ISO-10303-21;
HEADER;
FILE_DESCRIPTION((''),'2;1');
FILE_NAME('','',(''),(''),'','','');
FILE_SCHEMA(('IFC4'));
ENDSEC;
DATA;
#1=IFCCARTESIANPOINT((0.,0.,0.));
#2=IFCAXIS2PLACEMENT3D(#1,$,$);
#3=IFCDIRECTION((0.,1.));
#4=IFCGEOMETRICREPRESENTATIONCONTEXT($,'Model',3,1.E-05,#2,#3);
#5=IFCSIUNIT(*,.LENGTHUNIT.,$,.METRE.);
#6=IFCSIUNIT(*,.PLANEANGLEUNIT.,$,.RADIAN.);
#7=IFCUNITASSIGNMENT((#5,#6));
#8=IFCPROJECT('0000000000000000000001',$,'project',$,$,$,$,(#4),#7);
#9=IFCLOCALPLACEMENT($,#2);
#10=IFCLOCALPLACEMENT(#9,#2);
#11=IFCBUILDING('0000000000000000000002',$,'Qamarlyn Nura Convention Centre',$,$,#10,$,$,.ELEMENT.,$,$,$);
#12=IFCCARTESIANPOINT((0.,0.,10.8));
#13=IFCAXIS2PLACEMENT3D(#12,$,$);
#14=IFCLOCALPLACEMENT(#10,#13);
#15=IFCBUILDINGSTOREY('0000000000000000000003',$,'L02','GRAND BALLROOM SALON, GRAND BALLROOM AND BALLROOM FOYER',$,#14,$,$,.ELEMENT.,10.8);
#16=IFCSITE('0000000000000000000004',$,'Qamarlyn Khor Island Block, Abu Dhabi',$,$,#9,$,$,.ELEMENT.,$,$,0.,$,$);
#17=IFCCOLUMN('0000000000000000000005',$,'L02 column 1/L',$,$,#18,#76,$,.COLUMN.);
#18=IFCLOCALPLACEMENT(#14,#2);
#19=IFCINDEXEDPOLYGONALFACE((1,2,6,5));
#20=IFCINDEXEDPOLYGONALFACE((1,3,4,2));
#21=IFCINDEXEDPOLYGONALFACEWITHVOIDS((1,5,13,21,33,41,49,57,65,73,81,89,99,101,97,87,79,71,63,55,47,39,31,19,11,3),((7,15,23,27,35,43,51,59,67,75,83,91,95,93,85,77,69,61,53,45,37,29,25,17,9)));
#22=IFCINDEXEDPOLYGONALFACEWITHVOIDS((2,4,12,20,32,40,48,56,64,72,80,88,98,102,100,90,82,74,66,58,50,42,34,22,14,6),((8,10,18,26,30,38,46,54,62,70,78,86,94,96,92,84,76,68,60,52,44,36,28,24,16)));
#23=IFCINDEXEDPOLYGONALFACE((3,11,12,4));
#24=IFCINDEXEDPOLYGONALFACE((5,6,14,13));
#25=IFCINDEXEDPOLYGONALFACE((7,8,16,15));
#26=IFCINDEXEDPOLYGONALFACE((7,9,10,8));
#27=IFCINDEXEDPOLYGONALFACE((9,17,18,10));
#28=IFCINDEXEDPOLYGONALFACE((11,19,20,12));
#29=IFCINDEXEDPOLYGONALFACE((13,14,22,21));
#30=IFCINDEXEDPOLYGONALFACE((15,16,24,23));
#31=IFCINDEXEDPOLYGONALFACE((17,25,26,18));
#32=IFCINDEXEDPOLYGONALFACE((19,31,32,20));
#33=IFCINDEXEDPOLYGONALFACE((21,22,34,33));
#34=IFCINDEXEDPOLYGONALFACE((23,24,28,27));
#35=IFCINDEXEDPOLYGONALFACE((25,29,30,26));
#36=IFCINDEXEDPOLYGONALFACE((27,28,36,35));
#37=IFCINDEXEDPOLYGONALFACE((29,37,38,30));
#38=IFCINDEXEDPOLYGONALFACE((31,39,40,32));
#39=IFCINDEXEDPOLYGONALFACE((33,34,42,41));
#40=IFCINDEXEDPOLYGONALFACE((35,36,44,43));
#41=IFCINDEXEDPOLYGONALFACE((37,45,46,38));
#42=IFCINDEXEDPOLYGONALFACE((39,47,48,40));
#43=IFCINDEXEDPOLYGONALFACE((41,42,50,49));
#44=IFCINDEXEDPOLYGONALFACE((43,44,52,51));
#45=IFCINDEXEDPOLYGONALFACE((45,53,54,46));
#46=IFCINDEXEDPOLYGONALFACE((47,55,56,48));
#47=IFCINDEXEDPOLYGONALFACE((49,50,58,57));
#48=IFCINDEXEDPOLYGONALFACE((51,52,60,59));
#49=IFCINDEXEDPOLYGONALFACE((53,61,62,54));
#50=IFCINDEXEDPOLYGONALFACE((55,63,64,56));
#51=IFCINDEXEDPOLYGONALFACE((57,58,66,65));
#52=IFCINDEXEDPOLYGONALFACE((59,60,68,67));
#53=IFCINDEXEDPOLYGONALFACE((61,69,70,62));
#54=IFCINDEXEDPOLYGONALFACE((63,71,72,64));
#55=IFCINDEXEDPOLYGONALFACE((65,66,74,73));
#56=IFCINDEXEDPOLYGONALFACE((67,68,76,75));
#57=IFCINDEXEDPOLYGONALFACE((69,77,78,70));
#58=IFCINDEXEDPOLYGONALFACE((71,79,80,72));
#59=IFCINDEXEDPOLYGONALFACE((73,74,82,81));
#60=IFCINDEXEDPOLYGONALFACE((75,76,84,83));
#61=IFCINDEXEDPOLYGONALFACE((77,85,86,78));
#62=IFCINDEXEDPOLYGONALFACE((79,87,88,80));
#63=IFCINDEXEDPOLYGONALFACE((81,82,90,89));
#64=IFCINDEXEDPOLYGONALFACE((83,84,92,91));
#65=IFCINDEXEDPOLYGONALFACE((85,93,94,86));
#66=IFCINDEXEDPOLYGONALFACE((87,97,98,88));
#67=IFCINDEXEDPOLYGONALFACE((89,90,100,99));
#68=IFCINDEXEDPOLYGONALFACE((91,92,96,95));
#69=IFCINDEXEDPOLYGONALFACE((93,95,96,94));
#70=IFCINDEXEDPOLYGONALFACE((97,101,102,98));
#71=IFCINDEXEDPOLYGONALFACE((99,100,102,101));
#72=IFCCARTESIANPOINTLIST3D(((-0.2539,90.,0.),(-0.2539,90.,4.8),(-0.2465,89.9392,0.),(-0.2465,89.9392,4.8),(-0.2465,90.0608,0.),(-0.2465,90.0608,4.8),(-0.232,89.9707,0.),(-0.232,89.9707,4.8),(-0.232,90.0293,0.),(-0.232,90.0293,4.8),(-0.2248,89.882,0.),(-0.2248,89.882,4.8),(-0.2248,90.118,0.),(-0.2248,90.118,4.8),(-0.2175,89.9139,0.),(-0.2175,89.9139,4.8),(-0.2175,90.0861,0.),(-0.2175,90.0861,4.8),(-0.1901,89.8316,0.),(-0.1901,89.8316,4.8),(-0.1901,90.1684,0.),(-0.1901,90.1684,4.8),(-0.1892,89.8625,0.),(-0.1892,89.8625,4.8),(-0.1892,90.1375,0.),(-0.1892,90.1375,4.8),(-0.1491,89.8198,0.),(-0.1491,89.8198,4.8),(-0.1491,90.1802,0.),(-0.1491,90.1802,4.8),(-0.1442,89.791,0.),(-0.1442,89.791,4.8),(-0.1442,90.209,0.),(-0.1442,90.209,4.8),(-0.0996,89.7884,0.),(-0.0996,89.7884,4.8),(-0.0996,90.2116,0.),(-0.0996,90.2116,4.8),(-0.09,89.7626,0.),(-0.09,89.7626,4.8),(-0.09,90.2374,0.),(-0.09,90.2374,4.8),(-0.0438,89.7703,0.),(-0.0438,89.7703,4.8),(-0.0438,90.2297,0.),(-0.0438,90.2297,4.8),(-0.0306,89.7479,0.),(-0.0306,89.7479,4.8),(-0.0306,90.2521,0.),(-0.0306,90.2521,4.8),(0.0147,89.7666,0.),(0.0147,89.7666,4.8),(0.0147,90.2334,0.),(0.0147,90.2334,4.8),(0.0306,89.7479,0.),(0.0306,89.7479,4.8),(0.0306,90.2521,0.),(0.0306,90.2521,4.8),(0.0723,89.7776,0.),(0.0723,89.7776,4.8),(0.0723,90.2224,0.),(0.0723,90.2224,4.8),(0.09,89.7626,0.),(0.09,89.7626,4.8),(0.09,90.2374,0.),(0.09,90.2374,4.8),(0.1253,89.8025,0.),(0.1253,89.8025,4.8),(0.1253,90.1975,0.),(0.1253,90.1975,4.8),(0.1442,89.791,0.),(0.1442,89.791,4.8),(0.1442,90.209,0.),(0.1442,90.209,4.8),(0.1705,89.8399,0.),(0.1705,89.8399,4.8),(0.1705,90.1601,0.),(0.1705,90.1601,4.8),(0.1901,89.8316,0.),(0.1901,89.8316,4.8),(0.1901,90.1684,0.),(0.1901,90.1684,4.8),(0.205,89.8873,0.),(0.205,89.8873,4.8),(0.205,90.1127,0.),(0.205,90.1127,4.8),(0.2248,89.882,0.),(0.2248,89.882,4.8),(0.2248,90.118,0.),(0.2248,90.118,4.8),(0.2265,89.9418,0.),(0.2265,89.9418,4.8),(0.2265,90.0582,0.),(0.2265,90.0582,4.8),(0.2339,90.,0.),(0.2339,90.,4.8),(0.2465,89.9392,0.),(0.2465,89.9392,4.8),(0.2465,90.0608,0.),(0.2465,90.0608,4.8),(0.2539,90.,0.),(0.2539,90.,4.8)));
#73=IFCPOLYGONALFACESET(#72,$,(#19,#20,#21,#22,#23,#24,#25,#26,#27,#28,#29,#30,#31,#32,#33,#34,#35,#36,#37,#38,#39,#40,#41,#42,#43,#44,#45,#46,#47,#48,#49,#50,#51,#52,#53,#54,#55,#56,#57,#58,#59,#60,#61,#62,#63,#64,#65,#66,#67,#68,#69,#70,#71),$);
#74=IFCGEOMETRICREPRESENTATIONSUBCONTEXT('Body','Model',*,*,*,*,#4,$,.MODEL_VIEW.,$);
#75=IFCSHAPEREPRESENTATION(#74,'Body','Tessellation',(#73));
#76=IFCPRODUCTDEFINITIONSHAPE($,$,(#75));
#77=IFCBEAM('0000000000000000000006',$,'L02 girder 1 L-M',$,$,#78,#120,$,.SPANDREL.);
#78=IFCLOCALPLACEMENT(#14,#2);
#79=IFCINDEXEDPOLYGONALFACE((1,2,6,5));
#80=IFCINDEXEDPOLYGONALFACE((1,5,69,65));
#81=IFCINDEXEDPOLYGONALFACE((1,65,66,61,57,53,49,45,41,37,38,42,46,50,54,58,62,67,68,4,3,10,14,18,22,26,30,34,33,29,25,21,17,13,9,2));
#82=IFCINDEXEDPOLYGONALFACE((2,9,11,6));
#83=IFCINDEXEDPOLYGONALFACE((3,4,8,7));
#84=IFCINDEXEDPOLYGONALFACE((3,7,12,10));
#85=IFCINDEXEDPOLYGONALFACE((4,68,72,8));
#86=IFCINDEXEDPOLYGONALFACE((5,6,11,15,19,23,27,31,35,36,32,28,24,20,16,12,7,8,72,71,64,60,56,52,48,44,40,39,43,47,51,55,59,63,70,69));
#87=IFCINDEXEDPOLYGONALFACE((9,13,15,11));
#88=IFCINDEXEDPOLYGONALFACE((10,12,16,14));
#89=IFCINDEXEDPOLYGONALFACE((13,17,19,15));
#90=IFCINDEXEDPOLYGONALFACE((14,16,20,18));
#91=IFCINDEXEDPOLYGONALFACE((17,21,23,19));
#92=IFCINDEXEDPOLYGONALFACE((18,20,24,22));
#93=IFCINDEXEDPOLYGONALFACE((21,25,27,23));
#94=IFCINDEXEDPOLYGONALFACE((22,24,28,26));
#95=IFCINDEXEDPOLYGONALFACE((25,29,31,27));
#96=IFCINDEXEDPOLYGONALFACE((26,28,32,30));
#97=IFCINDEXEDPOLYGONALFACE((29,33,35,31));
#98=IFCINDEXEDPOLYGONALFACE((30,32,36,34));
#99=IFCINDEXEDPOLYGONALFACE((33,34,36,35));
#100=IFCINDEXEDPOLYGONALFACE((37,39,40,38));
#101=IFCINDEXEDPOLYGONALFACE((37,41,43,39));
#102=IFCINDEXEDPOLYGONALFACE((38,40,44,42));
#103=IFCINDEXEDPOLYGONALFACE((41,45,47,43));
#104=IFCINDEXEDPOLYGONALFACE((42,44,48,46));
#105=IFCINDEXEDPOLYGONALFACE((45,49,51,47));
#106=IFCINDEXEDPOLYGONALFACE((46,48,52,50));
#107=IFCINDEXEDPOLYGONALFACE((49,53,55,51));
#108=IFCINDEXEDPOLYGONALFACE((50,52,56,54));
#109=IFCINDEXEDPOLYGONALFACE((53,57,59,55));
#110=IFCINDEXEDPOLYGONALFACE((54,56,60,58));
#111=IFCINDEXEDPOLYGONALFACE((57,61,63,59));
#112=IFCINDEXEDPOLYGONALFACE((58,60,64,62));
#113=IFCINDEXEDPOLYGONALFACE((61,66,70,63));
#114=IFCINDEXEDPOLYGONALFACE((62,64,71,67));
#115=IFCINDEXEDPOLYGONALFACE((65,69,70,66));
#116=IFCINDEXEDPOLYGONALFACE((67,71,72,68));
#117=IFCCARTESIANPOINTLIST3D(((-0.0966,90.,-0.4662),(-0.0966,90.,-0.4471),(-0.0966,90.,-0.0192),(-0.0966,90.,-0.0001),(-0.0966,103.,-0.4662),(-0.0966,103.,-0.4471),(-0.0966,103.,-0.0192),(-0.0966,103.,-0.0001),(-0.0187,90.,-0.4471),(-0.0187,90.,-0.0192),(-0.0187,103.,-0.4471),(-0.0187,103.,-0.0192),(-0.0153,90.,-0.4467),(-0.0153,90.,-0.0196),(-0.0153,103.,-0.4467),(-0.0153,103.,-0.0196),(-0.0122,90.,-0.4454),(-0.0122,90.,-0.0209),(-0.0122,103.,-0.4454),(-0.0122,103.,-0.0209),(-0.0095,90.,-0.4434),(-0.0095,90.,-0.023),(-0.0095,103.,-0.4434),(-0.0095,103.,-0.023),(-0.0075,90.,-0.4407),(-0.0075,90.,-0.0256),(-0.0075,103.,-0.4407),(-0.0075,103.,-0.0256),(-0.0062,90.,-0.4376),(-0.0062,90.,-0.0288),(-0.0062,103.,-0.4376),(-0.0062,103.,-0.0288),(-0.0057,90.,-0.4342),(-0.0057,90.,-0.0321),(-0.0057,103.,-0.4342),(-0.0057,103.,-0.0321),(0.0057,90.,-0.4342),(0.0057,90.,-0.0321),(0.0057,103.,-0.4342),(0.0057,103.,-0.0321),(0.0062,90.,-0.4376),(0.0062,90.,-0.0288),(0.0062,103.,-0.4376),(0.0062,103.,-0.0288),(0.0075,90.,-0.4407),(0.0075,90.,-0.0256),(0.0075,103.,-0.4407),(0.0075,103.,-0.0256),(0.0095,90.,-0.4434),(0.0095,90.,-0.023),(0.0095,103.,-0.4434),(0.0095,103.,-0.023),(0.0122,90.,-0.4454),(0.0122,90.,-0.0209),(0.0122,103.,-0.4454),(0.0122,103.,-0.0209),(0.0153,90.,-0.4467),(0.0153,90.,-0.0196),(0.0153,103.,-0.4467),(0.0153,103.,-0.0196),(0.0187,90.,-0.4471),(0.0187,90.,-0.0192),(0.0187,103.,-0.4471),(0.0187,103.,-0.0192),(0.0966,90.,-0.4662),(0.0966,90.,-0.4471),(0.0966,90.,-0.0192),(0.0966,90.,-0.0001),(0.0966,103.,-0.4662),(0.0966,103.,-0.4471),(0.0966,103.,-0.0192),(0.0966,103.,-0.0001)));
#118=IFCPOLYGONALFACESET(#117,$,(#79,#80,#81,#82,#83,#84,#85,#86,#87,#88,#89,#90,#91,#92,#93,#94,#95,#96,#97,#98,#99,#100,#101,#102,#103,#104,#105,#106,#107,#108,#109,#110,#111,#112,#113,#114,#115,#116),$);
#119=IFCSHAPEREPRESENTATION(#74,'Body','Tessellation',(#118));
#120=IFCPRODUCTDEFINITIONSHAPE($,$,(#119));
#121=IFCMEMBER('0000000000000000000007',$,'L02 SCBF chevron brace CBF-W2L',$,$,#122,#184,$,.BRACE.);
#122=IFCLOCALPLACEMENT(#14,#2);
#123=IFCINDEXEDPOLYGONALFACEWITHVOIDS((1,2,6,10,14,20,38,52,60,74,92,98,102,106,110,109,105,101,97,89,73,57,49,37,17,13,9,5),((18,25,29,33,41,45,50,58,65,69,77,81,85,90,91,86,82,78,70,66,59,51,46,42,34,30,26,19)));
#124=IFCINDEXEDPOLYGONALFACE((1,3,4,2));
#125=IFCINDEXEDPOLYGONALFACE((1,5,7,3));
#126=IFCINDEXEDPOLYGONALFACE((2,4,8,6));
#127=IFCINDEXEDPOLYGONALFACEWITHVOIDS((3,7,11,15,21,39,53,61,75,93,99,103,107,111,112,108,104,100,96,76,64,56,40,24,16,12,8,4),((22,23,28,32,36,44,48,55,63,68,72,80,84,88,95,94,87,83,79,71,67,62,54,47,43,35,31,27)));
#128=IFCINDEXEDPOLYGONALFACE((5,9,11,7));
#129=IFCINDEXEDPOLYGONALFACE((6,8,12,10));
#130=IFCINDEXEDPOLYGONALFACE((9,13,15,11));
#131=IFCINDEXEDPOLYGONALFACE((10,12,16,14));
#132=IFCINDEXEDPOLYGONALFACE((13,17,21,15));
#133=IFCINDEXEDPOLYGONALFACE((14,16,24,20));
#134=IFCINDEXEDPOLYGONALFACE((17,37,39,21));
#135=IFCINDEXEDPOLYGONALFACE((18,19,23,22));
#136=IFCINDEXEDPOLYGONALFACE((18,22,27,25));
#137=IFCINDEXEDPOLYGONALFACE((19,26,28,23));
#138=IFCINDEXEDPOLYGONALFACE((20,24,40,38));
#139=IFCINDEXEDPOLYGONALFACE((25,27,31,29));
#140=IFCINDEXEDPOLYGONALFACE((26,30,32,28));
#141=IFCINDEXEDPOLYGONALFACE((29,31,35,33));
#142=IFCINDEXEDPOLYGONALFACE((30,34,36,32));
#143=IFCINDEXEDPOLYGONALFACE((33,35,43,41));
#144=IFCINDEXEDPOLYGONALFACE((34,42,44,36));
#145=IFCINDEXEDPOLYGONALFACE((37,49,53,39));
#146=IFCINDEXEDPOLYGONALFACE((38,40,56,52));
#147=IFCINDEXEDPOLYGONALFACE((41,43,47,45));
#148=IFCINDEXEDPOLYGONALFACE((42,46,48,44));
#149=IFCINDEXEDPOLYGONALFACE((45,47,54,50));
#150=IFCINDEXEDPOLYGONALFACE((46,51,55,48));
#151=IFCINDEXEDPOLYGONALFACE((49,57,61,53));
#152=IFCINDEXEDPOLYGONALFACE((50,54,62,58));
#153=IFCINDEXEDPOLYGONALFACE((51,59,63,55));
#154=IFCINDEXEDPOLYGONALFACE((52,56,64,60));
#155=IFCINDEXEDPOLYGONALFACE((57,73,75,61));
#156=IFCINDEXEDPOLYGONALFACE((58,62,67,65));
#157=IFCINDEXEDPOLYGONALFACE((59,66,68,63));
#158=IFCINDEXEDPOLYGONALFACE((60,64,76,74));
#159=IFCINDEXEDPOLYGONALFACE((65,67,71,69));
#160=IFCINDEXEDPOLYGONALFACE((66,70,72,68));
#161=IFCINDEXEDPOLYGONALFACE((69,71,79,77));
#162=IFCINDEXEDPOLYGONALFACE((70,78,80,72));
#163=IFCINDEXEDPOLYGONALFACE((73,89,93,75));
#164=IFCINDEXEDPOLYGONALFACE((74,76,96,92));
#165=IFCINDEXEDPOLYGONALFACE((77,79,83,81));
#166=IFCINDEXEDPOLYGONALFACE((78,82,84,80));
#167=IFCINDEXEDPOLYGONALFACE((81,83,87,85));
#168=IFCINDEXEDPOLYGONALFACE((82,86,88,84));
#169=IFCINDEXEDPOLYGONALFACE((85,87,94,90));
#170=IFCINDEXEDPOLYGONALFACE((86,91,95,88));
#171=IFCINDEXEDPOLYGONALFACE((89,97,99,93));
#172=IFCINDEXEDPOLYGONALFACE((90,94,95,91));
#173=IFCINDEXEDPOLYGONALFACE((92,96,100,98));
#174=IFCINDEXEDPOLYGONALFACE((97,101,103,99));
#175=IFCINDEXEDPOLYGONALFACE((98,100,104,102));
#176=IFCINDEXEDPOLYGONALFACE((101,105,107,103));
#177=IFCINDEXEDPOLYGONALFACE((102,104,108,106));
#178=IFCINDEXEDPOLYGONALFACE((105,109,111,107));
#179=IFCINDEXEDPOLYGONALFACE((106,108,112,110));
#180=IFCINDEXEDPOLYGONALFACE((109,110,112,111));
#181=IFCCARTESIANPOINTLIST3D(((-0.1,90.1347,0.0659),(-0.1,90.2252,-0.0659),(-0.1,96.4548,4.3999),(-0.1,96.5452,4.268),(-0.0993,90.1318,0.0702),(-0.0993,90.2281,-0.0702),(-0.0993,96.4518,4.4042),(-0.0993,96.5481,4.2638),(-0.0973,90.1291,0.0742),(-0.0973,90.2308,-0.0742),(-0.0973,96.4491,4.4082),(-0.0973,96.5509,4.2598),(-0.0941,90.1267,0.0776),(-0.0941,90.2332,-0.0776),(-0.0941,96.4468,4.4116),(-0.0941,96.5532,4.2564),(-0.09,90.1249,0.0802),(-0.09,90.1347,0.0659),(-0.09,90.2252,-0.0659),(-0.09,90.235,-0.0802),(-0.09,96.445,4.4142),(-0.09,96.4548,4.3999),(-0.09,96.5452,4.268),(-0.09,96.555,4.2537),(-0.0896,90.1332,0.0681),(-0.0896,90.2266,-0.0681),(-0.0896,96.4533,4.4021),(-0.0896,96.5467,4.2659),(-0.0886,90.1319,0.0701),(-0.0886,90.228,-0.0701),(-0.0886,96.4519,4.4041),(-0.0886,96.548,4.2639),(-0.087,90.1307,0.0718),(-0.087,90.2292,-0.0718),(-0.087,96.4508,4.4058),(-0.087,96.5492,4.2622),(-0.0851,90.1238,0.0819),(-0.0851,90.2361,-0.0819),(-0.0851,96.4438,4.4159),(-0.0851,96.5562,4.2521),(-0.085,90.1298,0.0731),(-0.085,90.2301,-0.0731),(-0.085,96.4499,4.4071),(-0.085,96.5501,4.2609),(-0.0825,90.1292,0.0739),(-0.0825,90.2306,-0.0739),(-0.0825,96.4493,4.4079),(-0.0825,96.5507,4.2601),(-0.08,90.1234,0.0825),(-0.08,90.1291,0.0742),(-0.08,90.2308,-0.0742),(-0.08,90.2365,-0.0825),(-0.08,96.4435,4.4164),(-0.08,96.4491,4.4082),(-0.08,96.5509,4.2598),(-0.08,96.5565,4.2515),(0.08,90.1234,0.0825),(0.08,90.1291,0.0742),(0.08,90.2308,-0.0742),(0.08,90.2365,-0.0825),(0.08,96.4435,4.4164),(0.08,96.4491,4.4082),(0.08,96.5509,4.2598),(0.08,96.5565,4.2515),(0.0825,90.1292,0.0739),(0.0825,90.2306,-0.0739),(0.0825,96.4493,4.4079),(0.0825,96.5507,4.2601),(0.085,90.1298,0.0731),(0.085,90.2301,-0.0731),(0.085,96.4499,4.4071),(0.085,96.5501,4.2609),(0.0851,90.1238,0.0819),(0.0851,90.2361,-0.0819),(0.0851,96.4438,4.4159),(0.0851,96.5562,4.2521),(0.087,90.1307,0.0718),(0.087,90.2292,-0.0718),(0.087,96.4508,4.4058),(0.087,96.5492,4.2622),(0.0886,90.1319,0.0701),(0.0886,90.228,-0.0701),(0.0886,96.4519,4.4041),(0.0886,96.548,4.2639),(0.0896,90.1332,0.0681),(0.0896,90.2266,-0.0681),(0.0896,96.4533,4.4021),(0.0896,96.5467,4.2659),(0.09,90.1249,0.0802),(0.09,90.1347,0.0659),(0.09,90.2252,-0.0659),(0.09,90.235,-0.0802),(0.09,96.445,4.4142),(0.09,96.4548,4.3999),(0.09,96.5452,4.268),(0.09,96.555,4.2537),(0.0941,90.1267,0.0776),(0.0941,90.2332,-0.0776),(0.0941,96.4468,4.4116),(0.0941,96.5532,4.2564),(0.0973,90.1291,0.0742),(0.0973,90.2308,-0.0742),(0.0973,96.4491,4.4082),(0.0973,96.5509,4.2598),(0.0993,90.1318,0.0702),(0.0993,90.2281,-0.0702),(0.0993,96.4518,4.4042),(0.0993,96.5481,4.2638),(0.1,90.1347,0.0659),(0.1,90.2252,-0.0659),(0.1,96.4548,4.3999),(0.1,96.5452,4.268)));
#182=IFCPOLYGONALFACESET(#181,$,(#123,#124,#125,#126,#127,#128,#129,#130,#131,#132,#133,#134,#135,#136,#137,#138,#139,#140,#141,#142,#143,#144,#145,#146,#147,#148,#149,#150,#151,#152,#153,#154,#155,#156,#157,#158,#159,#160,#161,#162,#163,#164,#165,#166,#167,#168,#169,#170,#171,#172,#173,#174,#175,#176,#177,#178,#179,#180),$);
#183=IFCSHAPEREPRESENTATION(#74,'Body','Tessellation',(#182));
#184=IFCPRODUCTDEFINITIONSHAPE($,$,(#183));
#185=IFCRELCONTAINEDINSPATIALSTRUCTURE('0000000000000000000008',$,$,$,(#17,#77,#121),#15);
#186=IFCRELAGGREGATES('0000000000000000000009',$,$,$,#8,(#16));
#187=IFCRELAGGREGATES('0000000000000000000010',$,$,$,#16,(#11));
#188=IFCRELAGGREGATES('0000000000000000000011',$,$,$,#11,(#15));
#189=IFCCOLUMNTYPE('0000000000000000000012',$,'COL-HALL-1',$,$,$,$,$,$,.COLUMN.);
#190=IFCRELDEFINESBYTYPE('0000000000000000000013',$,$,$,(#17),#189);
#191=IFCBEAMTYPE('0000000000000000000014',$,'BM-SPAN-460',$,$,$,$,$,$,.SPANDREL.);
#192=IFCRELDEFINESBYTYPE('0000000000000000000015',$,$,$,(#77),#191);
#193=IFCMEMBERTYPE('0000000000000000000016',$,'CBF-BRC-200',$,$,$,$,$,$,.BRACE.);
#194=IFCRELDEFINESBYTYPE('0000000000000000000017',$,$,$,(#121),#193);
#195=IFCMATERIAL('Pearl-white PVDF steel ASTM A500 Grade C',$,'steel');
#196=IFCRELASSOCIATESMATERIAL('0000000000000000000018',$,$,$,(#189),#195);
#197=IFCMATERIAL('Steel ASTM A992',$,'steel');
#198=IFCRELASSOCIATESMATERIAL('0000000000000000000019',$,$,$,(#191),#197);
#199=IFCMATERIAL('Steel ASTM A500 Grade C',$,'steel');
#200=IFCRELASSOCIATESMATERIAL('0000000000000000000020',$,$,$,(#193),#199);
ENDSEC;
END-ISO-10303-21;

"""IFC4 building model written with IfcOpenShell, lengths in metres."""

from ifc_helpers import new_model, si_unit, direction, frame, origin, origin_2d, place, context, subcontext, project, spatial, hollow_rectangle, hollow_circle, i_section, extrude, material, material_profile, profile_set, type_object, element, save


model = new_model("IFC4")

# Units and contexts
model_context = context("Model", 3, precision=1e-05, world=origin(), true_north=direction((0.0, 1.0)))
body_context = subcontext(model_context, "Body", "Model", "MODEL_VIEW")
ifc_project = project(units=[si_unit("LENGTHUNIT", "METRE"), si_unit("PLANEANGLEUNIT", "RADIAN")], contexts=[model_context])

# Site, building, storey
site_placement = place(None, origin())
site = spatial("IfcSite", under=ifc_project, at=site_placement, Name="Qamarlyn Khor Island Block, Abu Dhabi", CompositionType="ELEMENT", RefElevation=0.0)
building_placement = place(site_placement, origin())
building = spatial("IfcBuilding", under=site, at=building_placement, Name="Qamarlyn Nura Convention Centre", CompositionType="ELEMENT")
storey_placement = place(building_placement, frame((0.0, 0.0, 10.8)))
storey = spatial("IfcBuildingStorey", under=building, at=storey_placement, Name="L02", Description="GRAND BALLROOM SALON, GRAND BALLROOM AND BALLROOM FOYER", CompositionType="ELEMENT", Elevation=10.8)

# Column
ifc_material_1 = material(Name="Pearl-white PVDF steel ASTM A500 Grade C", Category="steel")
ifc_material_profile_1 = material_profile(ifc_material_1, hollow_circle(Radius=0.2539, WallThickness=0.02, at=origin_2d()), Name="CHS508X20")
ifc_profile_set_1 = profile_set([ifc_material_profile_1], Name="Pearl-white PVDF steel ASTM A500 Grade C")
column_type = type_object("IfcColumnType", Name="COL-HALL-1", PredefinedType="COLUMN", material=ifc_profile_set_1)
column_placement = place(storey_placement, frame((0.0, 90.0, 0.0), z_axis=(0.0, 0.0, 1.0), x_axis=(1.0, 0.0, 0.0)))
element("IfcColumn", 1, at=column_placement, inside=storey, type_object=column_type, Name="L02 column 1/L", PredefinedType="COLUMN", context=body_context, shape_type="SweptSolid", body=[
    extrude(hollow_circle(Radius=0.2539, WallThickness=0.02, at=origin_2d()), origin(), (0.0, 0.0, 1.0), 4.8),
])

# Beam
ifc_material_2 = material(Name="Steel ASTM A992", Category="steel")
ifc_material_profile_2 = material_profile(ifc_material_2, i_section(OverallWidth=0.1931, OverallDepth=0.4661, WebThickness=0.0115, FlangeThickness=0.019, FilletRadius=0.0129, at=origin_2d()), Name="W460X97")
ifc_profile_set_2 = profile_set([ifc_material_profile_2], Name="Steel ASTM A992")
beam_type = type_object("IfcBeamType", Name="BM-SPAN-460", PredefinedType="SPANDREL", material=ifc_profile_set_2)
beam_placement = place(storey_placement, frame((0.0, 90.0, -0.2332), z_axis=(0.0, 1.0, 0.0), x_axis=(-1.0, 0.0, 0.0)))
element("IfcBeam", 2, at=beam_placement, inside=storey, type_object=beam_type, Name="L02 girder 1 L-M", PredefinedType="SPANDREL", context=body_context, shape_type="SweptSolid", body=[
    extrude(i_section(OverallWidth=0.1931, OverallDepth=0.4661, WebThickness=0.0115, FlangeThickness=0.019, FilletRadius=0.0129, at=origin_2d()), origin(), (0.0, 0.0, 1.0), 13.0),
])

# Member
ifc_material_3 = material(Name="Steel ASTM A500 Grade C", Category="steel")
ifc_material_profile_3 = material_profile(ifc_material_3, hollow_rectangle(XDim=0.2, YDim=0.2, WallThickness=0.01, InnerFilletRadius=0.01, OuterFilletRadius=0.02, at=origin_2d()), Name="HSS200X200X10")
ifc_profile_set_3 = profile_set([ifc_material_profile_3], Name="Steel ASTM A500 Grade C")
member_type_1 = type_object("IfcMemberType", Name="CBF-BRC-200", PredefinedType="BRACE", material=ifc_profile_set_3)
member_1_placement = place(storey_placement, frame((0.0, 90.1799, 0.0), z_axis=(0.0, 0.824715, 0.565548), x_axis=(-1.0, 0.0, 0.0)))
element("IfcMember", 3, at=member_1_placement, inside=storey, type_object=member_type_1, Name="L02 SCBF chevron brace CBF-W2L", PredefinedType="BRACE", context=body_context, shape_type="SweptSolid", body=[
    extrude(hollow_rectangle(XDim=0.2, YDim=0.2, WallThickness=0.01, InnerFilletRadius=0.01, OuterFilletRadius=0.02, at=origin_2d()), origin(), (0.0, 0.0, 1.0), 7.6633),
])

save(model, "model.ifc")
